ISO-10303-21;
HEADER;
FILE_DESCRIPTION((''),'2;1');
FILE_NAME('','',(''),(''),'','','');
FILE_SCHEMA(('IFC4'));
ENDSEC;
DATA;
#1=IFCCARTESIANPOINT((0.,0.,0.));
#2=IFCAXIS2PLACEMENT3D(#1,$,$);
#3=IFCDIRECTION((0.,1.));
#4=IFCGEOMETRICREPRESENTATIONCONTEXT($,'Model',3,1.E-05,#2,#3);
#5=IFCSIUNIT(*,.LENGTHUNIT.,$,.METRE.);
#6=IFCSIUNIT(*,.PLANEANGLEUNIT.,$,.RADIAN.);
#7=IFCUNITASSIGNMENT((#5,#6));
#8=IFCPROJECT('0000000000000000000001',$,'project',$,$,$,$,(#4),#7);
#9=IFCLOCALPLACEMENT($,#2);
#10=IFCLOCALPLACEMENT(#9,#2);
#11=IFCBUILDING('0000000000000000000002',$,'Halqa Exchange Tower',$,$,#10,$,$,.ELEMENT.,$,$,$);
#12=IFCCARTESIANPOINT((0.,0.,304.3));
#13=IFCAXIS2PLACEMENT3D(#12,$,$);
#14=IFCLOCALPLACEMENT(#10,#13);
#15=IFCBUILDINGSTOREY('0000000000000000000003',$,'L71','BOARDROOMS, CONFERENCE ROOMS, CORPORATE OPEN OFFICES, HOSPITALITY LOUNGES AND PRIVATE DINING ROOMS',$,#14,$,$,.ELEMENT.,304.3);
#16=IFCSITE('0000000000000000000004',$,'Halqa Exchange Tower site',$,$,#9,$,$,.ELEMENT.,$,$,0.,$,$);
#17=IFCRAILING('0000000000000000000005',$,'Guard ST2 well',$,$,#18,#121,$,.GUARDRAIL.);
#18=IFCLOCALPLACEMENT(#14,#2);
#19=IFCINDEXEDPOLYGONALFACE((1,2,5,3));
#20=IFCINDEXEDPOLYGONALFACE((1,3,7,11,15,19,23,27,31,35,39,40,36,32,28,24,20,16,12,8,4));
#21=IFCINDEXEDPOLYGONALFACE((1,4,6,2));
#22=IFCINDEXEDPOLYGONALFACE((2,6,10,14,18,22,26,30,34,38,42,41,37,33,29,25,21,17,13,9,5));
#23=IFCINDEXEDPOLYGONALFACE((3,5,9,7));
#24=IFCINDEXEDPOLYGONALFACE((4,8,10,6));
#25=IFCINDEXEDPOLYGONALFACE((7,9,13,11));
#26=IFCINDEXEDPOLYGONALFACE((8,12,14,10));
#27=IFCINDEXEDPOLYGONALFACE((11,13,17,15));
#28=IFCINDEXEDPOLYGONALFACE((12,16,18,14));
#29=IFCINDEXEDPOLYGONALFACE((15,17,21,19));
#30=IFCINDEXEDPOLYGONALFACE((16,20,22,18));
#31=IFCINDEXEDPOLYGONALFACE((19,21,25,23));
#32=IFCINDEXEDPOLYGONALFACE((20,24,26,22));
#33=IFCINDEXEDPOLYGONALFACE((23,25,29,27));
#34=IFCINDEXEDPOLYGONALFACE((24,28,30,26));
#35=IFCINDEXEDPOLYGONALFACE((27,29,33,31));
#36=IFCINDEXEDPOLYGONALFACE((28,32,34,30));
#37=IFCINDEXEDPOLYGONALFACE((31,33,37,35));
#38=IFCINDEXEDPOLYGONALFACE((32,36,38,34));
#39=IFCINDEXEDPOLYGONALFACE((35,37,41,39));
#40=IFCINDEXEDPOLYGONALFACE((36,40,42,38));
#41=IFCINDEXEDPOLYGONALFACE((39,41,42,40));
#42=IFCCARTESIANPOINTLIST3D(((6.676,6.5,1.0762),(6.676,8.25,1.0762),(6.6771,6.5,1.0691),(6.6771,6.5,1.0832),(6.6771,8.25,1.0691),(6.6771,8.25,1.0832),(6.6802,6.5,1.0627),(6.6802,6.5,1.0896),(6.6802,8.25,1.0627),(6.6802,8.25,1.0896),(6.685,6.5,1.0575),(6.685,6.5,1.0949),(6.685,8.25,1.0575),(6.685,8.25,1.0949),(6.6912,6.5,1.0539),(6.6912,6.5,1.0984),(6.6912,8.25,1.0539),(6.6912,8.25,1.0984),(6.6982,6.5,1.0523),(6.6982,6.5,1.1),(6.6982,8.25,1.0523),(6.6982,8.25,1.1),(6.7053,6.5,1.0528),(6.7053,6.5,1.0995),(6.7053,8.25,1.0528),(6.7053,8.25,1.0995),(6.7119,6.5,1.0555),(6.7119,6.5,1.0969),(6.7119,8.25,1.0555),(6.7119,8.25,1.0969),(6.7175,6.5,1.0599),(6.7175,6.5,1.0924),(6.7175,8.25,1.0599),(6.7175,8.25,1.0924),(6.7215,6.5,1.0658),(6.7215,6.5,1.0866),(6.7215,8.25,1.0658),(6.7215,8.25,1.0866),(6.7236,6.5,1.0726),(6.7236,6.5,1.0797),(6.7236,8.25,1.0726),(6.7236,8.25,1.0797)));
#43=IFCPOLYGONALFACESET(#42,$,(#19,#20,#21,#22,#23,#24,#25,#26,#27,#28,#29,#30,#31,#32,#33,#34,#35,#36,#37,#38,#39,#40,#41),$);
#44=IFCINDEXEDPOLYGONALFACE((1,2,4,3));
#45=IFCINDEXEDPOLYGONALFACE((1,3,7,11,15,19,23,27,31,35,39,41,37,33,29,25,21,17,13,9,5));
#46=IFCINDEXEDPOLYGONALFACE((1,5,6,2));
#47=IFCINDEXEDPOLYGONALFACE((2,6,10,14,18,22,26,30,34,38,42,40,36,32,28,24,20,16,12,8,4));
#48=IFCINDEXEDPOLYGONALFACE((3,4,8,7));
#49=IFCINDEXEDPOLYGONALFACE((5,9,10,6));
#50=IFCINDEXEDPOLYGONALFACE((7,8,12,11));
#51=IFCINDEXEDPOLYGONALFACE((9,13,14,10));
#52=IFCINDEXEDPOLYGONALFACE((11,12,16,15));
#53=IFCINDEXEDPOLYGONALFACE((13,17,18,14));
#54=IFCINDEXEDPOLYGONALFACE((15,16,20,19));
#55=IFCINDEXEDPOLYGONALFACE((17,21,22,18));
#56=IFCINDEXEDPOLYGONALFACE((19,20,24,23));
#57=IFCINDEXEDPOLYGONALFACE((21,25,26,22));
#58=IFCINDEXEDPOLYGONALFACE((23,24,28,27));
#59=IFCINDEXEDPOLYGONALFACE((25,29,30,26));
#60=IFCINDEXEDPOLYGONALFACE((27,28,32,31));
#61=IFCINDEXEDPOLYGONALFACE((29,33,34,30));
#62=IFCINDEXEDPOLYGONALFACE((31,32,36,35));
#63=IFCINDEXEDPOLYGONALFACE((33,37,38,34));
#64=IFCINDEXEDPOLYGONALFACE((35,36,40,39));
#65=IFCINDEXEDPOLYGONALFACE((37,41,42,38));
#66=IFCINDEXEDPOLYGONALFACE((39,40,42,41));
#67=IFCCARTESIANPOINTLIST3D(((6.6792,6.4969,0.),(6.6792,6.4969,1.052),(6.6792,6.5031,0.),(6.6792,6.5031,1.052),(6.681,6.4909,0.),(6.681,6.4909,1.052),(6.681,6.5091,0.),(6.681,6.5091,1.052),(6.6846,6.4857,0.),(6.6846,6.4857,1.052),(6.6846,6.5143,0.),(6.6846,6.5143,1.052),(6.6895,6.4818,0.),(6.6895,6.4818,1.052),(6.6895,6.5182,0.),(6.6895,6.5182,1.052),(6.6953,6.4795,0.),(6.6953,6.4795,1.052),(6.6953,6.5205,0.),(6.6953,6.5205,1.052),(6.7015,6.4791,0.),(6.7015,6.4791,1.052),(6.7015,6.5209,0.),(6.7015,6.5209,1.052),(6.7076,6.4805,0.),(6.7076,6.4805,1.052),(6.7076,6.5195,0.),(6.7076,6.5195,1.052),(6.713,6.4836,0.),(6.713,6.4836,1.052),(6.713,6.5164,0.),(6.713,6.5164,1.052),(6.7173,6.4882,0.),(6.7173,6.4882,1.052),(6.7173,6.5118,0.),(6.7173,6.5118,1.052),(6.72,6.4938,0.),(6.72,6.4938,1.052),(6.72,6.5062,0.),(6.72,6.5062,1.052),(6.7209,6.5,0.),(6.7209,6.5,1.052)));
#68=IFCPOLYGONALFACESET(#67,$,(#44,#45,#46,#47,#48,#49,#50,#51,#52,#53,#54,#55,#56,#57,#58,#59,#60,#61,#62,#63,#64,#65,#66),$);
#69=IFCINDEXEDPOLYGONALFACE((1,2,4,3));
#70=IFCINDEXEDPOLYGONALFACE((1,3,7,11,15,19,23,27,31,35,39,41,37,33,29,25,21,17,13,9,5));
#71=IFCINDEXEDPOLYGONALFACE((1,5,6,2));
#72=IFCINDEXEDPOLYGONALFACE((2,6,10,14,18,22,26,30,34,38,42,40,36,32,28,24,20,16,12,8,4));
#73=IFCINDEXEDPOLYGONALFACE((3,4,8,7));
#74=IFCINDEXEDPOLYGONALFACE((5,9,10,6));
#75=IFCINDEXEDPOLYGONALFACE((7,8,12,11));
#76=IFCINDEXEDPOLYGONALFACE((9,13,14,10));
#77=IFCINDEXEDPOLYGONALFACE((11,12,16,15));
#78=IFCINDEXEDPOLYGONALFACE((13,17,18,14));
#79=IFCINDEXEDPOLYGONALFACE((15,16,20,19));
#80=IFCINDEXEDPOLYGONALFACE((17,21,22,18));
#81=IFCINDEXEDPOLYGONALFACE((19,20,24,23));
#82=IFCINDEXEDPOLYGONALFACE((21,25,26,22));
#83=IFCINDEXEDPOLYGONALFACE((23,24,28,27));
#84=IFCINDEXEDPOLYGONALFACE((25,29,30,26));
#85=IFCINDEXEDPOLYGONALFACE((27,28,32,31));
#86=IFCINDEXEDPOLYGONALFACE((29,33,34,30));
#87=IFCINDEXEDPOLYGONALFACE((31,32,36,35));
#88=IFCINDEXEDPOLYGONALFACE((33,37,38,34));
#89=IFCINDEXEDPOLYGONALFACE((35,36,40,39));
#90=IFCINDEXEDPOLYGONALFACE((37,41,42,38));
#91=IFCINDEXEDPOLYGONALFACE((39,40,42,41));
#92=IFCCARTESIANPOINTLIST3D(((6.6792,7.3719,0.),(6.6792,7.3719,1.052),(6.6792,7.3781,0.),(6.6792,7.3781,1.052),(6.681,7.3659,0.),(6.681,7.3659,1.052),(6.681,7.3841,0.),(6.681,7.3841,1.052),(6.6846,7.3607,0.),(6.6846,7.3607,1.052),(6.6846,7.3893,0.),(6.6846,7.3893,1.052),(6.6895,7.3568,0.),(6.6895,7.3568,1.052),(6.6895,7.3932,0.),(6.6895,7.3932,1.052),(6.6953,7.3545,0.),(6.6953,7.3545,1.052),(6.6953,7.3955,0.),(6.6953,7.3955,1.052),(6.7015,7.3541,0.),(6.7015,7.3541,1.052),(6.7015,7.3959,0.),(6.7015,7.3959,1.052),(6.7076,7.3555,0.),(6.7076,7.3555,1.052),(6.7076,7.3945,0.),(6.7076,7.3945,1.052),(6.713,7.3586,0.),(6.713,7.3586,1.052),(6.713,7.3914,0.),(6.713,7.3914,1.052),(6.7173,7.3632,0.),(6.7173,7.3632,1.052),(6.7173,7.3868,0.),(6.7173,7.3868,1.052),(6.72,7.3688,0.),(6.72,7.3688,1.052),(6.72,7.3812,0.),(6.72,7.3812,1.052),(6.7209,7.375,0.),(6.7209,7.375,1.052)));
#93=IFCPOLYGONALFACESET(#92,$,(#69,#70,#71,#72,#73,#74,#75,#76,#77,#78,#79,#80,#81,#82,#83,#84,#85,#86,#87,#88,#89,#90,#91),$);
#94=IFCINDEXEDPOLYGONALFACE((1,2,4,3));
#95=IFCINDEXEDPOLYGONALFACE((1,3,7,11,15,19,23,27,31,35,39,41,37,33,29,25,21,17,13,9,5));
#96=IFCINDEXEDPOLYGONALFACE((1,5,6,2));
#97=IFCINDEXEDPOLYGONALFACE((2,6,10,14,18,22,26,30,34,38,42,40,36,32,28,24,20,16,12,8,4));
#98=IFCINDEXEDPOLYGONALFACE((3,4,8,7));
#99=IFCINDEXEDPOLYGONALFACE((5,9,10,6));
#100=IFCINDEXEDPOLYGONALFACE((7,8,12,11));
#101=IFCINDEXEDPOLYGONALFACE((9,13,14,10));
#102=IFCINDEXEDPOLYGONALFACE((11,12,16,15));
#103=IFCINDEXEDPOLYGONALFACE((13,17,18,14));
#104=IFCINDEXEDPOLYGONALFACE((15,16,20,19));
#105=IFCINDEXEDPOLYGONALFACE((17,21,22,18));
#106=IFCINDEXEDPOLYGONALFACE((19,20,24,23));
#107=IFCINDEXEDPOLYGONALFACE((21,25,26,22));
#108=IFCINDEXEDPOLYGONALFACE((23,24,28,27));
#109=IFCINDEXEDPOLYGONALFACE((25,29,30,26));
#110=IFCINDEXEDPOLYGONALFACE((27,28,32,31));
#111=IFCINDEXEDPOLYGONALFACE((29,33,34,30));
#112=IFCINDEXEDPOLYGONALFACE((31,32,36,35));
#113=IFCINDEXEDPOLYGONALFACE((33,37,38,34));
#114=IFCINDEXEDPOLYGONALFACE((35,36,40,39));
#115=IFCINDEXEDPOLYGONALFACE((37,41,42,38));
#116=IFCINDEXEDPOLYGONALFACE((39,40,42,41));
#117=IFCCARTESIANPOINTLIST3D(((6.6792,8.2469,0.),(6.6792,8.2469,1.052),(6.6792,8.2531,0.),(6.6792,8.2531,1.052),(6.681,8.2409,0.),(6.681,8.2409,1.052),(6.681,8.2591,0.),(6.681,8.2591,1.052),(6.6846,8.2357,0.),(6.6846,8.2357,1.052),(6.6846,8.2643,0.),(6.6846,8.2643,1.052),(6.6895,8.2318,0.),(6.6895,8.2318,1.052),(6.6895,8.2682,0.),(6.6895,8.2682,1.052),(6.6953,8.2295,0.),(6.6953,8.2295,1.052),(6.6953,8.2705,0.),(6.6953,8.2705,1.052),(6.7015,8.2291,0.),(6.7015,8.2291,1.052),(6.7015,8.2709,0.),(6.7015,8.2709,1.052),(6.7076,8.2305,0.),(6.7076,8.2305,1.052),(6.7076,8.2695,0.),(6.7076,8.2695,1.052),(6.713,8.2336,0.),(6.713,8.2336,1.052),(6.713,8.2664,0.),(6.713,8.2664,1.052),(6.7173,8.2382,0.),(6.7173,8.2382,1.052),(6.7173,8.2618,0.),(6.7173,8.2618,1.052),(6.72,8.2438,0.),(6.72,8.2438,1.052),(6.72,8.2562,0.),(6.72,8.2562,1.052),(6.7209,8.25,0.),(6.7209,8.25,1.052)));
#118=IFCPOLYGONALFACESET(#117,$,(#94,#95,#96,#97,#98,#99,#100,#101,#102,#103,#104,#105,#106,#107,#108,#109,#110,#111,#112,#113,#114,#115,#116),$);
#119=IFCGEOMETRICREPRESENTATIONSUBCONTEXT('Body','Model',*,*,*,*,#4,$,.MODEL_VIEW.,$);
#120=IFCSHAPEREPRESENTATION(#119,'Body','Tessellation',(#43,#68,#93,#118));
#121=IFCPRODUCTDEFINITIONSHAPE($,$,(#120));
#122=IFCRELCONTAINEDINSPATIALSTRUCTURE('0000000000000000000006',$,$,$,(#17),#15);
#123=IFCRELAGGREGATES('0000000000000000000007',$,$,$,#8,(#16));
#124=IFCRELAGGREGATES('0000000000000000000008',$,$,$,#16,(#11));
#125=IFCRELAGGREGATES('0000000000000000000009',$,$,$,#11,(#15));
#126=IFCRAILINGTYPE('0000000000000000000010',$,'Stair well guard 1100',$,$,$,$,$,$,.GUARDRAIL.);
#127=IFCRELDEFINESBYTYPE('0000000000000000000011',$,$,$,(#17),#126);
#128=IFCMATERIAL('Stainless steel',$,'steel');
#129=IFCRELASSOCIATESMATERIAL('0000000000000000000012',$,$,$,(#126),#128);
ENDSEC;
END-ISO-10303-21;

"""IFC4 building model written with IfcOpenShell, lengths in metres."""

from ifc_helpers import new_model, si_unit, direction, frame, origin, origin_2d, place, context, subcontext, project, spatial, circle, extrude, material, type_object, element, save


model = new_model("IFC4")

# Units and contexts
model_context = context("Model", 3, precision=1e-05, world=origin(), true_north=direction((0.0, 1.0)))
body_context = subcontext(model_context, "Body", "Model", "MODEL_VIEW")
ifc_project = project(units=[si_unit("LENGTHUNIT", "METRE"), si_unit("PLANEANGLEUNIT", "RADIAN")], contexts=[model_context])

# Site, building, storey
site_placement = place(None, origin())
site = spatial("IfcSite", under=ifc_project, at=site_placement, Name="Halqa Exchange Tower site", CompositionType="ELEMENT", RefElevation=0.0)
building_placement = place(site_placement, origin())
building = spatial("IfcBuilding", under=site, at=building_placement, Name="Halqa Exchange Tower", CompositionType="ELEMENT")
storey_placement = place(building_placement, frame((0.0, 0.0, 304.3)))
storey = spatial("IfcBuildingStorey", under=building, at=storey_placement, Name="L71", Description="BOARDROOMS, CONFERENCE ROOMS, CORPORATE OPEN OFFICES, HOSPITALITY LOUNGES AND PRIVATE DINING ROOMS", CompositionType="ELEMENT", Elevation=304.3)

# Railing
ifc_material_1 = material(Name="Stainless steel", Category="steel")
railing_type_1 = type_object("IfcRailingType", Name="Stair well guard 1100", PredefinedType="GUARDRAIL", material=ifc_material_1)
railing_1_placement = place(storey_placement, frame((6.7, 6.5, 0.0)))
element("IfcRailing", 1, at=railing_1_placement, inside=storey, type_object=railing_type_1, Name="Guard ST2 well", PredefinedType="GUARDRAIL", context=body_context, shape_type="SweptSolid", body=[
    extrude(circle(Radius=0.0239, at=origin_2d()), frame((0.0, 0.0, 1.0762), z_axis=(0.0, 1.0, 0.0), x_axis=(-1.0, 0.0, 0.0)), (0.0, 0.0, 1.0), 1.75),
    extrude(circle(Radius=0.021, at=origin_2d()), origin(), (0.0, 0.0, 1.0), 1.052),
    extrude(circle(Radius=0.021, at=origin_2d()), frame((0.0, 0.875, 0.0)), (0.0, 0.0, 1.0), 1.052),
    extrude(circle(Radius=0.021, at=origin_2d()), frame((0.0, 1.75, 0.0)), (0.0, 0.0, 1.0), 1.052),
])

save(model, "model.ifc")
